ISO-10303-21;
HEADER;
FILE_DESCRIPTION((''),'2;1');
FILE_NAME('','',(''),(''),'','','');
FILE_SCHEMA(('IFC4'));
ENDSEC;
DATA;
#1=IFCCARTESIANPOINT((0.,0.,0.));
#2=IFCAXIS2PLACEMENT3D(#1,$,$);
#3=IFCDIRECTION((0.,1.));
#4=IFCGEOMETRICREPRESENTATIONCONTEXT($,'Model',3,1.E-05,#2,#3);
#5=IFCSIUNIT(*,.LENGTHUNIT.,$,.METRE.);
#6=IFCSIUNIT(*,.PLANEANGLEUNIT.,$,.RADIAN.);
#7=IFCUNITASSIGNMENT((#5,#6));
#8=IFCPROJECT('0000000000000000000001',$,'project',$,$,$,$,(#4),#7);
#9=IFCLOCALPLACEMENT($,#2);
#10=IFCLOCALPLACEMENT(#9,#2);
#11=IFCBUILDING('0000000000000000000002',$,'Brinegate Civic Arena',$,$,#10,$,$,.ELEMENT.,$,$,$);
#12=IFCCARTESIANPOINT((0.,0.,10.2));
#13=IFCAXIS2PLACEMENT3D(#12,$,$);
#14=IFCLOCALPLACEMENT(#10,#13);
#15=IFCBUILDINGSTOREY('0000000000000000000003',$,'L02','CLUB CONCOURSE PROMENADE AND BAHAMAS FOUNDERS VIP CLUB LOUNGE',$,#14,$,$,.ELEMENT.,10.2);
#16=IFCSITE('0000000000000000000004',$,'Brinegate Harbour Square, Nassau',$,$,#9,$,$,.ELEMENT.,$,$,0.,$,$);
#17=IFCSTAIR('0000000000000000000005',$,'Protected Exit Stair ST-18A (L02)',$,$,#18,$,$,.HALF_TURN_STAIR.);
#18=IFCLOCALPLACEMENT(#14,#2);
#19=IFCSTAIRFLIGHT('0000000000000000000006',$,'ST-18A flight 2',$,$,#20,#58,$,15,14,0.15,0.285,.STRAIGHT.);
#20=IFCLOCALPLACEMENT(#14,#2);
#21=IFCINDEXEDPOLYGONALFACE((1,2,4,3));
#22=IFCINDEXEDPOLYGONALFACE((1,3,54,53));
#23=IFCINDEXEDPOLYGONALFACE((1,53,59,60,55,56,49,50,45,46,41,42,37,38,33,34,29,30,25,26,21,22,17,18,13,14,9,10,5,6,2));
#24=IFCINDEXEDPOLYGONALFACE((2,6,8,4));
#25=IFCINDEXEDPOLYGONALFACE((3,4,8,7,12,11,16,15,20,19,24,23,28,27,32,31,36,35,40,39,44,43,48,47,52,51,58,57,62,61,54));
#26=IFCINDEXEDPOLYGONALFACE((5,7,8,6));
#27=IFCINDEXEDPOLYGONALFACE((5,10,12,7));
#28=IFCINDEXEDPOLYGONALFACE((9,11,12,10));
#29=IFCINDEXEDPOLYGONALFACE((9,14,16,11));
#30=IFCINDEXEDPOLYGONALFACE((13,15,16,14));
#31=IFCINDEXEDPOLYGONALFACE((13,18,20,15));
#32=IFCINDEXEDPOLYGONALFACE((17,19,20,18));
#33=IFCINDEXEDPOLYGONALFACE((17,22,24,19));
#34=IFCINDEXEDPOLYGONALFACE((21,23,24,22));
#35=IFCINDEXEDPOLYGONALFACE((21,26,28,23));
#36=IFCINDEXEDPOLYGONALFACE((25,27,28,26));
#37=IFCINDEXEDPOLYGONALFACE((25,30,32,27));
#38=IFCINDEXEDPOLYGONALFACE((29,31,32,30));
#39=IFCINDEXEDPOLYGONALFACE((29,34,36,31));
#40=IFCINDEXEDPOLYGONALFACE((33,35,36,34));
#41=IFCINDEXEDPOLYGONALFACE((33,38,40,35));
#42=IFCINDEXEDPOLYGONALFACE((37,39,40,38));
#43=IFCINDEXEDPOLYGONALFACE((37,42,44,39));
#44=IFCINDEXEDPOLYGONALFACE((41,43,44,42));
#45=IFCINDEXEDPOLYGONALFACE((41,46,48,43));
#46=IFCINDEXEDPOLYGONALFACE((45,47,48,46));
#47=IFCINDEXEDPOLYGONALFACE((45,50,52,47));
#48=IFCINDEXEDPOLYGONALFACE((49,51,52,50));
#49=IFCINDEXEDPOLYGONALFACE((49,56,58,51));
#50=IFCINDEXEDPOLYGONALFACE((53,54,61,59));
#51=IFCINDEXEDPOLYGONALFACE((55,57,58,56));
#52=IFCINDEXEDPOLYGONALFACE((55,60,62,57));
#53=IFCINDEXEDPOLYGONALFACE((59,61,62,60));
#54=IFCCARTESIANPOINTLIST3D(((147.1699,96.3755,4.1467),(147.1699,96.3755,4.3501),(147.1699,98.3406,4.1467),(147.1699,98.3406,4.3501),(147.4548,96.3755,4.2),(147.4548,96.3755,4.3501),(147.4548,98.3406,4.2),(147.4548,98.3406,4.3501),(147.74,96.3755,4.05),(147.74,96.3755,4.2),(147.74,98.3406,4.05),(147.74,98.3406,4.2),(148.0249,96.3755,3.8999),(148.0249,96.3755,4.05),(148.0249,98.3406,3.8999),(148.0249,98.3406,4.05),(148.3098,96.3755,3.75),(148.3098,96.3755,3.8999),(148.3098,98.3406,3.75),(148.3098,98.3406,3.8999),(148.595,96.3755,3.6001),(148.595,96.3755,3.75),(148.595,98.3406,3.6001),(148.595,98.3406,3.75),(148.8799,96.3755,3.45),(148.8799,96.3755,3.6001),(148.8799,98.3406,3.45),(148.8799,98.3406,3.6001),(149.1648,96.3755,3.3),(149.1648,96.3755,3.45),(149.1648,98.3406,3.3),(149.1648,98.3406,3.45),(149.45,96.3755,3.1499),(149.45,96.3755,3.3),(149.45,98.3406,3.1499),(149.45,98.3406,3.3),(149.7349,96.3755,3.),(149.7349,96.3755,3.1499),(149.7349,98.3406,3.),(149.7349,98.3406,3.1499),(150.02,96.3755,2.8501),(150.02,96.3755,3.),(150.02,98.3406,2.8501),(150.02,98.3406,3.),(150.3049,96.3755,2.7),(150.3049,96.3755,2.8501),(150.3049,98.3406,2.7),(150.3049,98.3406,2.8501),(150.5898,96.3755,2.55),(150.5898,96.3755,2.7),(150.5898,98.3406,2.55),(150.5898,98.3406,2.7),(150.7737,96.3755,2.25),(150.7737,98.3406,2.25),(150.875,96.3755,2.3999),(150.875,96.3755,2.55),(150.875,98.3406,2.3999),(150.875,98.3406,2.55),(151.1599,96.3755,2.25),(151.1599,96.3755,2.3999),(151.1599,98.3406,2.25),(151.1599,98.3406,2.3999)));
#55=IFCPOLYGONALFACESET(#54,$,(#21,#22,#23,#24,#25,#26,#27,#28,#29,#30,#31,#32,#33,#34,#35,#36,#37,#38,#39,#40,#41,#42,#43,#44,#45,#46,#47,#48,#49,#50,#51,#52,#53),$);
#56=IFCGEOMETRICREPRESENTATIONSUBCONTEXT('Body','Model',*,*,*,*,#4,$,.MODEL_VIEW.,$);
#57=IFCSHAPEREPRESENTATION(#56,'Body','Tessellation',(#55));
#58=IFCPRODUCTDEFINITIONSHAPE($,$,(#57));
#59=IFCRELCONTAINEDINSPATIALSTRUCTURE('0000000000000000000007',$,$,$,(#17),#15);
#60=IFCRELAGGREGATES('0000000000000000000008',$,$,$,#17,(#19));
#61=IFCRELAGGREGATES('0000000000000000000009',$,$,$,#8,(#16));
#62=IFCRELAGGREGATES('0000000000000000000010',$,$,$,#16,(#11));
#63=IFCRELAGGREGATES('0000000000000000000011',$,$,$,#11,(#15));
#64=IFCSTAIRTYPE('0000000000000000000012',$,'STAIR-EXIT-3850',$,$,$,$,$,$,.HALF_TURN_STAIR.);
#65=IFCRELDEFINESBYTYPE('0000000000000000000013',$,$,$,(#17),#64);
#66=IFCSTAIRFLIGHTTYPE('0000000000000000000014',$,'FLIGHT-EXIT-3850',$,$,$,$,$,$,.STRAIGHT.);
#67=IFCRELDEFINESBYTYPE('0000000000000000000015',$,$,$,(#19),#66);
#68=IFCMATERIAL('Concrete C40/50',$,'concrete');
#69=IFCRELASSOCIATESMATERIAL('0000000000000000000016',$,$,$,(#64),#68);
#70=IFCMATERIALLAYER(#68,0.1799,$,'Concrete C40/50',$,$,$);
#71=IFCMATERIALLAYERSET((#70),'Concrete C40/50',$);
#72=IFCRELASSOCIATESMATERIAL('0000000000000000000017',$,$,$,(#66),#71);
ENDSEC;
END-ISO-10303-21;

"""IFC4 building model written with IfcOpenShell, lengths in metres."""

from ifc_helpers import new_model, si_unit, direction, frame, origin, place, context, subcontext, project, spatial, polyline, outline, extrude, material, layer, layer_set, type_object, element, aggregate, save


model = new_model("IFC4")

# Units and contexts
model_context = context("Model", 3, precision=1e-05, world=origin(), true_north=direction((0.0, 1.0)))
body_context = subcontext(model_context, "Body", "Model", "MODEL_VIEW")
ifc_project = project(units=[si_unit("LENGTHUNIT", "METRE"), si_unit("PLANEANGLEUNIT", "RADIAN")], contexts=[model_context])

# Site, building, storey
site_placement = place(None, origin())
site = spatial("IfcSite", under=ifc_project, at=site_placement, Name="Brinegate Harbour Square, Nassau", CompositionType="ELEMENT", RefElevation=0.0)
building_placement = place(site_placement, origin())
building = spatial("IfcBuilding", under=site, at=building_placement, Name="Brinegate Civic Arena", CompositionType="ELEMENT")
storey_placement = place(building_placement, frame((0.0, 0.0, 10.2)))
storey = spatial("IfcBuildingStorey", under=building, at=storey_placement, Name="L02", Description="CLUB CONCOURSE PROMENADE AND BAHAMAS FOUNDERS VIP CLUB LOUNGE", CompositionType="ELEMENT", Elevation=10.2)

# Shared definitions
ifc_material_1 = material(Name="Concrete C40/50", Category="concrete")

# Stair, stair flight
stair_type_1 = type_object("IfcStairType", Name="STAIR-EXIT-3850", PredefinedType="HALF_TURN_STAIR", material=ifc_material_1)
stair_1_placement = place(storey_placement, origin())
stair_1 = element("IfcStair", 1, at=stair_1_placement, inside=storey, type_object=stair_type_1, Name="Protected Exit Stair ST-18A (L02)", PredefinedType="HALF_TURN_STAIR")
ifc_layer_1 = layer(ifc_material_1, 0.1799, Name="Concrete C40/50")
ifc_layer_set_1 = layer_set([ifc_layer_1], Name="Concrete C40/50")
stair_flight_type_1 = type_object("IfcStairFlightType", Name="FLIGHT-EXIT-3850", PredefinedType="STRAIGHT", material=ifc_layer_set_1)
stair_flight_1_placement = place(storey_placement, frame((151.1599, 97.3579, 2.25), z_axis=(0.0, 0.0, 1.0), x_axis=(-1.0, 0.0, 0.0)))
stair_flight_1 = element("IfcStairFlight", 2, at=stair_flight_1_placement, type_object=stair_flight_type_1, Name="ST-18A flight 2", NumberOfRisers=15, NumberOfTreads=14, PredefinedType="STRAIGHT", RiserHeight=0.15, TreadLength=0.285, context=body_context, shape_type="SweptSolid", body=[
    extrude(outline(polyline([(0.0, 0.0), (0.0, 0.1499), (0.2849, 0.1499), (0.2849, 0.3), (0.5701, 0.3), (0.5701, 0.45), (0.855, 0.45), (0.855, 0.6001), (1.1399, 0.6001), (1.1399, 0.75), (1.425, 0.75), (1.425, 0.8999), (1.71, 0.8999), (1.71, 1.05), (1.9951, 1.05), (1.9951, 1.2), (2.28, 1.2), (2.28, 1.3501), (2.5649, 1.3501), (2.5649, 1.5), (2.8501, 1.5), (2.8501, 1.6499), (3.135, 1.6499), (3.135, 1.8), (3.4199, 1.8), (3.4199, 1.95), (3.7051, 1.95), (3.7051, 2.1001), (3.99, 2.1001), (3.99, 2.25), (3.99, 1.8967), (0.3862, 0.0), (0.0, 0.0)])), frame((0.0, 0.9824, 0.0), z_axis=(0.0, -1.0, 0.0), x_axis=(1.0, 0.0, 0.0)), (0.0, 0.0, 1.0), 1.9651),
])
aggregate(stair_1, [stair_flight_1])

save(model, "model.ifc")
